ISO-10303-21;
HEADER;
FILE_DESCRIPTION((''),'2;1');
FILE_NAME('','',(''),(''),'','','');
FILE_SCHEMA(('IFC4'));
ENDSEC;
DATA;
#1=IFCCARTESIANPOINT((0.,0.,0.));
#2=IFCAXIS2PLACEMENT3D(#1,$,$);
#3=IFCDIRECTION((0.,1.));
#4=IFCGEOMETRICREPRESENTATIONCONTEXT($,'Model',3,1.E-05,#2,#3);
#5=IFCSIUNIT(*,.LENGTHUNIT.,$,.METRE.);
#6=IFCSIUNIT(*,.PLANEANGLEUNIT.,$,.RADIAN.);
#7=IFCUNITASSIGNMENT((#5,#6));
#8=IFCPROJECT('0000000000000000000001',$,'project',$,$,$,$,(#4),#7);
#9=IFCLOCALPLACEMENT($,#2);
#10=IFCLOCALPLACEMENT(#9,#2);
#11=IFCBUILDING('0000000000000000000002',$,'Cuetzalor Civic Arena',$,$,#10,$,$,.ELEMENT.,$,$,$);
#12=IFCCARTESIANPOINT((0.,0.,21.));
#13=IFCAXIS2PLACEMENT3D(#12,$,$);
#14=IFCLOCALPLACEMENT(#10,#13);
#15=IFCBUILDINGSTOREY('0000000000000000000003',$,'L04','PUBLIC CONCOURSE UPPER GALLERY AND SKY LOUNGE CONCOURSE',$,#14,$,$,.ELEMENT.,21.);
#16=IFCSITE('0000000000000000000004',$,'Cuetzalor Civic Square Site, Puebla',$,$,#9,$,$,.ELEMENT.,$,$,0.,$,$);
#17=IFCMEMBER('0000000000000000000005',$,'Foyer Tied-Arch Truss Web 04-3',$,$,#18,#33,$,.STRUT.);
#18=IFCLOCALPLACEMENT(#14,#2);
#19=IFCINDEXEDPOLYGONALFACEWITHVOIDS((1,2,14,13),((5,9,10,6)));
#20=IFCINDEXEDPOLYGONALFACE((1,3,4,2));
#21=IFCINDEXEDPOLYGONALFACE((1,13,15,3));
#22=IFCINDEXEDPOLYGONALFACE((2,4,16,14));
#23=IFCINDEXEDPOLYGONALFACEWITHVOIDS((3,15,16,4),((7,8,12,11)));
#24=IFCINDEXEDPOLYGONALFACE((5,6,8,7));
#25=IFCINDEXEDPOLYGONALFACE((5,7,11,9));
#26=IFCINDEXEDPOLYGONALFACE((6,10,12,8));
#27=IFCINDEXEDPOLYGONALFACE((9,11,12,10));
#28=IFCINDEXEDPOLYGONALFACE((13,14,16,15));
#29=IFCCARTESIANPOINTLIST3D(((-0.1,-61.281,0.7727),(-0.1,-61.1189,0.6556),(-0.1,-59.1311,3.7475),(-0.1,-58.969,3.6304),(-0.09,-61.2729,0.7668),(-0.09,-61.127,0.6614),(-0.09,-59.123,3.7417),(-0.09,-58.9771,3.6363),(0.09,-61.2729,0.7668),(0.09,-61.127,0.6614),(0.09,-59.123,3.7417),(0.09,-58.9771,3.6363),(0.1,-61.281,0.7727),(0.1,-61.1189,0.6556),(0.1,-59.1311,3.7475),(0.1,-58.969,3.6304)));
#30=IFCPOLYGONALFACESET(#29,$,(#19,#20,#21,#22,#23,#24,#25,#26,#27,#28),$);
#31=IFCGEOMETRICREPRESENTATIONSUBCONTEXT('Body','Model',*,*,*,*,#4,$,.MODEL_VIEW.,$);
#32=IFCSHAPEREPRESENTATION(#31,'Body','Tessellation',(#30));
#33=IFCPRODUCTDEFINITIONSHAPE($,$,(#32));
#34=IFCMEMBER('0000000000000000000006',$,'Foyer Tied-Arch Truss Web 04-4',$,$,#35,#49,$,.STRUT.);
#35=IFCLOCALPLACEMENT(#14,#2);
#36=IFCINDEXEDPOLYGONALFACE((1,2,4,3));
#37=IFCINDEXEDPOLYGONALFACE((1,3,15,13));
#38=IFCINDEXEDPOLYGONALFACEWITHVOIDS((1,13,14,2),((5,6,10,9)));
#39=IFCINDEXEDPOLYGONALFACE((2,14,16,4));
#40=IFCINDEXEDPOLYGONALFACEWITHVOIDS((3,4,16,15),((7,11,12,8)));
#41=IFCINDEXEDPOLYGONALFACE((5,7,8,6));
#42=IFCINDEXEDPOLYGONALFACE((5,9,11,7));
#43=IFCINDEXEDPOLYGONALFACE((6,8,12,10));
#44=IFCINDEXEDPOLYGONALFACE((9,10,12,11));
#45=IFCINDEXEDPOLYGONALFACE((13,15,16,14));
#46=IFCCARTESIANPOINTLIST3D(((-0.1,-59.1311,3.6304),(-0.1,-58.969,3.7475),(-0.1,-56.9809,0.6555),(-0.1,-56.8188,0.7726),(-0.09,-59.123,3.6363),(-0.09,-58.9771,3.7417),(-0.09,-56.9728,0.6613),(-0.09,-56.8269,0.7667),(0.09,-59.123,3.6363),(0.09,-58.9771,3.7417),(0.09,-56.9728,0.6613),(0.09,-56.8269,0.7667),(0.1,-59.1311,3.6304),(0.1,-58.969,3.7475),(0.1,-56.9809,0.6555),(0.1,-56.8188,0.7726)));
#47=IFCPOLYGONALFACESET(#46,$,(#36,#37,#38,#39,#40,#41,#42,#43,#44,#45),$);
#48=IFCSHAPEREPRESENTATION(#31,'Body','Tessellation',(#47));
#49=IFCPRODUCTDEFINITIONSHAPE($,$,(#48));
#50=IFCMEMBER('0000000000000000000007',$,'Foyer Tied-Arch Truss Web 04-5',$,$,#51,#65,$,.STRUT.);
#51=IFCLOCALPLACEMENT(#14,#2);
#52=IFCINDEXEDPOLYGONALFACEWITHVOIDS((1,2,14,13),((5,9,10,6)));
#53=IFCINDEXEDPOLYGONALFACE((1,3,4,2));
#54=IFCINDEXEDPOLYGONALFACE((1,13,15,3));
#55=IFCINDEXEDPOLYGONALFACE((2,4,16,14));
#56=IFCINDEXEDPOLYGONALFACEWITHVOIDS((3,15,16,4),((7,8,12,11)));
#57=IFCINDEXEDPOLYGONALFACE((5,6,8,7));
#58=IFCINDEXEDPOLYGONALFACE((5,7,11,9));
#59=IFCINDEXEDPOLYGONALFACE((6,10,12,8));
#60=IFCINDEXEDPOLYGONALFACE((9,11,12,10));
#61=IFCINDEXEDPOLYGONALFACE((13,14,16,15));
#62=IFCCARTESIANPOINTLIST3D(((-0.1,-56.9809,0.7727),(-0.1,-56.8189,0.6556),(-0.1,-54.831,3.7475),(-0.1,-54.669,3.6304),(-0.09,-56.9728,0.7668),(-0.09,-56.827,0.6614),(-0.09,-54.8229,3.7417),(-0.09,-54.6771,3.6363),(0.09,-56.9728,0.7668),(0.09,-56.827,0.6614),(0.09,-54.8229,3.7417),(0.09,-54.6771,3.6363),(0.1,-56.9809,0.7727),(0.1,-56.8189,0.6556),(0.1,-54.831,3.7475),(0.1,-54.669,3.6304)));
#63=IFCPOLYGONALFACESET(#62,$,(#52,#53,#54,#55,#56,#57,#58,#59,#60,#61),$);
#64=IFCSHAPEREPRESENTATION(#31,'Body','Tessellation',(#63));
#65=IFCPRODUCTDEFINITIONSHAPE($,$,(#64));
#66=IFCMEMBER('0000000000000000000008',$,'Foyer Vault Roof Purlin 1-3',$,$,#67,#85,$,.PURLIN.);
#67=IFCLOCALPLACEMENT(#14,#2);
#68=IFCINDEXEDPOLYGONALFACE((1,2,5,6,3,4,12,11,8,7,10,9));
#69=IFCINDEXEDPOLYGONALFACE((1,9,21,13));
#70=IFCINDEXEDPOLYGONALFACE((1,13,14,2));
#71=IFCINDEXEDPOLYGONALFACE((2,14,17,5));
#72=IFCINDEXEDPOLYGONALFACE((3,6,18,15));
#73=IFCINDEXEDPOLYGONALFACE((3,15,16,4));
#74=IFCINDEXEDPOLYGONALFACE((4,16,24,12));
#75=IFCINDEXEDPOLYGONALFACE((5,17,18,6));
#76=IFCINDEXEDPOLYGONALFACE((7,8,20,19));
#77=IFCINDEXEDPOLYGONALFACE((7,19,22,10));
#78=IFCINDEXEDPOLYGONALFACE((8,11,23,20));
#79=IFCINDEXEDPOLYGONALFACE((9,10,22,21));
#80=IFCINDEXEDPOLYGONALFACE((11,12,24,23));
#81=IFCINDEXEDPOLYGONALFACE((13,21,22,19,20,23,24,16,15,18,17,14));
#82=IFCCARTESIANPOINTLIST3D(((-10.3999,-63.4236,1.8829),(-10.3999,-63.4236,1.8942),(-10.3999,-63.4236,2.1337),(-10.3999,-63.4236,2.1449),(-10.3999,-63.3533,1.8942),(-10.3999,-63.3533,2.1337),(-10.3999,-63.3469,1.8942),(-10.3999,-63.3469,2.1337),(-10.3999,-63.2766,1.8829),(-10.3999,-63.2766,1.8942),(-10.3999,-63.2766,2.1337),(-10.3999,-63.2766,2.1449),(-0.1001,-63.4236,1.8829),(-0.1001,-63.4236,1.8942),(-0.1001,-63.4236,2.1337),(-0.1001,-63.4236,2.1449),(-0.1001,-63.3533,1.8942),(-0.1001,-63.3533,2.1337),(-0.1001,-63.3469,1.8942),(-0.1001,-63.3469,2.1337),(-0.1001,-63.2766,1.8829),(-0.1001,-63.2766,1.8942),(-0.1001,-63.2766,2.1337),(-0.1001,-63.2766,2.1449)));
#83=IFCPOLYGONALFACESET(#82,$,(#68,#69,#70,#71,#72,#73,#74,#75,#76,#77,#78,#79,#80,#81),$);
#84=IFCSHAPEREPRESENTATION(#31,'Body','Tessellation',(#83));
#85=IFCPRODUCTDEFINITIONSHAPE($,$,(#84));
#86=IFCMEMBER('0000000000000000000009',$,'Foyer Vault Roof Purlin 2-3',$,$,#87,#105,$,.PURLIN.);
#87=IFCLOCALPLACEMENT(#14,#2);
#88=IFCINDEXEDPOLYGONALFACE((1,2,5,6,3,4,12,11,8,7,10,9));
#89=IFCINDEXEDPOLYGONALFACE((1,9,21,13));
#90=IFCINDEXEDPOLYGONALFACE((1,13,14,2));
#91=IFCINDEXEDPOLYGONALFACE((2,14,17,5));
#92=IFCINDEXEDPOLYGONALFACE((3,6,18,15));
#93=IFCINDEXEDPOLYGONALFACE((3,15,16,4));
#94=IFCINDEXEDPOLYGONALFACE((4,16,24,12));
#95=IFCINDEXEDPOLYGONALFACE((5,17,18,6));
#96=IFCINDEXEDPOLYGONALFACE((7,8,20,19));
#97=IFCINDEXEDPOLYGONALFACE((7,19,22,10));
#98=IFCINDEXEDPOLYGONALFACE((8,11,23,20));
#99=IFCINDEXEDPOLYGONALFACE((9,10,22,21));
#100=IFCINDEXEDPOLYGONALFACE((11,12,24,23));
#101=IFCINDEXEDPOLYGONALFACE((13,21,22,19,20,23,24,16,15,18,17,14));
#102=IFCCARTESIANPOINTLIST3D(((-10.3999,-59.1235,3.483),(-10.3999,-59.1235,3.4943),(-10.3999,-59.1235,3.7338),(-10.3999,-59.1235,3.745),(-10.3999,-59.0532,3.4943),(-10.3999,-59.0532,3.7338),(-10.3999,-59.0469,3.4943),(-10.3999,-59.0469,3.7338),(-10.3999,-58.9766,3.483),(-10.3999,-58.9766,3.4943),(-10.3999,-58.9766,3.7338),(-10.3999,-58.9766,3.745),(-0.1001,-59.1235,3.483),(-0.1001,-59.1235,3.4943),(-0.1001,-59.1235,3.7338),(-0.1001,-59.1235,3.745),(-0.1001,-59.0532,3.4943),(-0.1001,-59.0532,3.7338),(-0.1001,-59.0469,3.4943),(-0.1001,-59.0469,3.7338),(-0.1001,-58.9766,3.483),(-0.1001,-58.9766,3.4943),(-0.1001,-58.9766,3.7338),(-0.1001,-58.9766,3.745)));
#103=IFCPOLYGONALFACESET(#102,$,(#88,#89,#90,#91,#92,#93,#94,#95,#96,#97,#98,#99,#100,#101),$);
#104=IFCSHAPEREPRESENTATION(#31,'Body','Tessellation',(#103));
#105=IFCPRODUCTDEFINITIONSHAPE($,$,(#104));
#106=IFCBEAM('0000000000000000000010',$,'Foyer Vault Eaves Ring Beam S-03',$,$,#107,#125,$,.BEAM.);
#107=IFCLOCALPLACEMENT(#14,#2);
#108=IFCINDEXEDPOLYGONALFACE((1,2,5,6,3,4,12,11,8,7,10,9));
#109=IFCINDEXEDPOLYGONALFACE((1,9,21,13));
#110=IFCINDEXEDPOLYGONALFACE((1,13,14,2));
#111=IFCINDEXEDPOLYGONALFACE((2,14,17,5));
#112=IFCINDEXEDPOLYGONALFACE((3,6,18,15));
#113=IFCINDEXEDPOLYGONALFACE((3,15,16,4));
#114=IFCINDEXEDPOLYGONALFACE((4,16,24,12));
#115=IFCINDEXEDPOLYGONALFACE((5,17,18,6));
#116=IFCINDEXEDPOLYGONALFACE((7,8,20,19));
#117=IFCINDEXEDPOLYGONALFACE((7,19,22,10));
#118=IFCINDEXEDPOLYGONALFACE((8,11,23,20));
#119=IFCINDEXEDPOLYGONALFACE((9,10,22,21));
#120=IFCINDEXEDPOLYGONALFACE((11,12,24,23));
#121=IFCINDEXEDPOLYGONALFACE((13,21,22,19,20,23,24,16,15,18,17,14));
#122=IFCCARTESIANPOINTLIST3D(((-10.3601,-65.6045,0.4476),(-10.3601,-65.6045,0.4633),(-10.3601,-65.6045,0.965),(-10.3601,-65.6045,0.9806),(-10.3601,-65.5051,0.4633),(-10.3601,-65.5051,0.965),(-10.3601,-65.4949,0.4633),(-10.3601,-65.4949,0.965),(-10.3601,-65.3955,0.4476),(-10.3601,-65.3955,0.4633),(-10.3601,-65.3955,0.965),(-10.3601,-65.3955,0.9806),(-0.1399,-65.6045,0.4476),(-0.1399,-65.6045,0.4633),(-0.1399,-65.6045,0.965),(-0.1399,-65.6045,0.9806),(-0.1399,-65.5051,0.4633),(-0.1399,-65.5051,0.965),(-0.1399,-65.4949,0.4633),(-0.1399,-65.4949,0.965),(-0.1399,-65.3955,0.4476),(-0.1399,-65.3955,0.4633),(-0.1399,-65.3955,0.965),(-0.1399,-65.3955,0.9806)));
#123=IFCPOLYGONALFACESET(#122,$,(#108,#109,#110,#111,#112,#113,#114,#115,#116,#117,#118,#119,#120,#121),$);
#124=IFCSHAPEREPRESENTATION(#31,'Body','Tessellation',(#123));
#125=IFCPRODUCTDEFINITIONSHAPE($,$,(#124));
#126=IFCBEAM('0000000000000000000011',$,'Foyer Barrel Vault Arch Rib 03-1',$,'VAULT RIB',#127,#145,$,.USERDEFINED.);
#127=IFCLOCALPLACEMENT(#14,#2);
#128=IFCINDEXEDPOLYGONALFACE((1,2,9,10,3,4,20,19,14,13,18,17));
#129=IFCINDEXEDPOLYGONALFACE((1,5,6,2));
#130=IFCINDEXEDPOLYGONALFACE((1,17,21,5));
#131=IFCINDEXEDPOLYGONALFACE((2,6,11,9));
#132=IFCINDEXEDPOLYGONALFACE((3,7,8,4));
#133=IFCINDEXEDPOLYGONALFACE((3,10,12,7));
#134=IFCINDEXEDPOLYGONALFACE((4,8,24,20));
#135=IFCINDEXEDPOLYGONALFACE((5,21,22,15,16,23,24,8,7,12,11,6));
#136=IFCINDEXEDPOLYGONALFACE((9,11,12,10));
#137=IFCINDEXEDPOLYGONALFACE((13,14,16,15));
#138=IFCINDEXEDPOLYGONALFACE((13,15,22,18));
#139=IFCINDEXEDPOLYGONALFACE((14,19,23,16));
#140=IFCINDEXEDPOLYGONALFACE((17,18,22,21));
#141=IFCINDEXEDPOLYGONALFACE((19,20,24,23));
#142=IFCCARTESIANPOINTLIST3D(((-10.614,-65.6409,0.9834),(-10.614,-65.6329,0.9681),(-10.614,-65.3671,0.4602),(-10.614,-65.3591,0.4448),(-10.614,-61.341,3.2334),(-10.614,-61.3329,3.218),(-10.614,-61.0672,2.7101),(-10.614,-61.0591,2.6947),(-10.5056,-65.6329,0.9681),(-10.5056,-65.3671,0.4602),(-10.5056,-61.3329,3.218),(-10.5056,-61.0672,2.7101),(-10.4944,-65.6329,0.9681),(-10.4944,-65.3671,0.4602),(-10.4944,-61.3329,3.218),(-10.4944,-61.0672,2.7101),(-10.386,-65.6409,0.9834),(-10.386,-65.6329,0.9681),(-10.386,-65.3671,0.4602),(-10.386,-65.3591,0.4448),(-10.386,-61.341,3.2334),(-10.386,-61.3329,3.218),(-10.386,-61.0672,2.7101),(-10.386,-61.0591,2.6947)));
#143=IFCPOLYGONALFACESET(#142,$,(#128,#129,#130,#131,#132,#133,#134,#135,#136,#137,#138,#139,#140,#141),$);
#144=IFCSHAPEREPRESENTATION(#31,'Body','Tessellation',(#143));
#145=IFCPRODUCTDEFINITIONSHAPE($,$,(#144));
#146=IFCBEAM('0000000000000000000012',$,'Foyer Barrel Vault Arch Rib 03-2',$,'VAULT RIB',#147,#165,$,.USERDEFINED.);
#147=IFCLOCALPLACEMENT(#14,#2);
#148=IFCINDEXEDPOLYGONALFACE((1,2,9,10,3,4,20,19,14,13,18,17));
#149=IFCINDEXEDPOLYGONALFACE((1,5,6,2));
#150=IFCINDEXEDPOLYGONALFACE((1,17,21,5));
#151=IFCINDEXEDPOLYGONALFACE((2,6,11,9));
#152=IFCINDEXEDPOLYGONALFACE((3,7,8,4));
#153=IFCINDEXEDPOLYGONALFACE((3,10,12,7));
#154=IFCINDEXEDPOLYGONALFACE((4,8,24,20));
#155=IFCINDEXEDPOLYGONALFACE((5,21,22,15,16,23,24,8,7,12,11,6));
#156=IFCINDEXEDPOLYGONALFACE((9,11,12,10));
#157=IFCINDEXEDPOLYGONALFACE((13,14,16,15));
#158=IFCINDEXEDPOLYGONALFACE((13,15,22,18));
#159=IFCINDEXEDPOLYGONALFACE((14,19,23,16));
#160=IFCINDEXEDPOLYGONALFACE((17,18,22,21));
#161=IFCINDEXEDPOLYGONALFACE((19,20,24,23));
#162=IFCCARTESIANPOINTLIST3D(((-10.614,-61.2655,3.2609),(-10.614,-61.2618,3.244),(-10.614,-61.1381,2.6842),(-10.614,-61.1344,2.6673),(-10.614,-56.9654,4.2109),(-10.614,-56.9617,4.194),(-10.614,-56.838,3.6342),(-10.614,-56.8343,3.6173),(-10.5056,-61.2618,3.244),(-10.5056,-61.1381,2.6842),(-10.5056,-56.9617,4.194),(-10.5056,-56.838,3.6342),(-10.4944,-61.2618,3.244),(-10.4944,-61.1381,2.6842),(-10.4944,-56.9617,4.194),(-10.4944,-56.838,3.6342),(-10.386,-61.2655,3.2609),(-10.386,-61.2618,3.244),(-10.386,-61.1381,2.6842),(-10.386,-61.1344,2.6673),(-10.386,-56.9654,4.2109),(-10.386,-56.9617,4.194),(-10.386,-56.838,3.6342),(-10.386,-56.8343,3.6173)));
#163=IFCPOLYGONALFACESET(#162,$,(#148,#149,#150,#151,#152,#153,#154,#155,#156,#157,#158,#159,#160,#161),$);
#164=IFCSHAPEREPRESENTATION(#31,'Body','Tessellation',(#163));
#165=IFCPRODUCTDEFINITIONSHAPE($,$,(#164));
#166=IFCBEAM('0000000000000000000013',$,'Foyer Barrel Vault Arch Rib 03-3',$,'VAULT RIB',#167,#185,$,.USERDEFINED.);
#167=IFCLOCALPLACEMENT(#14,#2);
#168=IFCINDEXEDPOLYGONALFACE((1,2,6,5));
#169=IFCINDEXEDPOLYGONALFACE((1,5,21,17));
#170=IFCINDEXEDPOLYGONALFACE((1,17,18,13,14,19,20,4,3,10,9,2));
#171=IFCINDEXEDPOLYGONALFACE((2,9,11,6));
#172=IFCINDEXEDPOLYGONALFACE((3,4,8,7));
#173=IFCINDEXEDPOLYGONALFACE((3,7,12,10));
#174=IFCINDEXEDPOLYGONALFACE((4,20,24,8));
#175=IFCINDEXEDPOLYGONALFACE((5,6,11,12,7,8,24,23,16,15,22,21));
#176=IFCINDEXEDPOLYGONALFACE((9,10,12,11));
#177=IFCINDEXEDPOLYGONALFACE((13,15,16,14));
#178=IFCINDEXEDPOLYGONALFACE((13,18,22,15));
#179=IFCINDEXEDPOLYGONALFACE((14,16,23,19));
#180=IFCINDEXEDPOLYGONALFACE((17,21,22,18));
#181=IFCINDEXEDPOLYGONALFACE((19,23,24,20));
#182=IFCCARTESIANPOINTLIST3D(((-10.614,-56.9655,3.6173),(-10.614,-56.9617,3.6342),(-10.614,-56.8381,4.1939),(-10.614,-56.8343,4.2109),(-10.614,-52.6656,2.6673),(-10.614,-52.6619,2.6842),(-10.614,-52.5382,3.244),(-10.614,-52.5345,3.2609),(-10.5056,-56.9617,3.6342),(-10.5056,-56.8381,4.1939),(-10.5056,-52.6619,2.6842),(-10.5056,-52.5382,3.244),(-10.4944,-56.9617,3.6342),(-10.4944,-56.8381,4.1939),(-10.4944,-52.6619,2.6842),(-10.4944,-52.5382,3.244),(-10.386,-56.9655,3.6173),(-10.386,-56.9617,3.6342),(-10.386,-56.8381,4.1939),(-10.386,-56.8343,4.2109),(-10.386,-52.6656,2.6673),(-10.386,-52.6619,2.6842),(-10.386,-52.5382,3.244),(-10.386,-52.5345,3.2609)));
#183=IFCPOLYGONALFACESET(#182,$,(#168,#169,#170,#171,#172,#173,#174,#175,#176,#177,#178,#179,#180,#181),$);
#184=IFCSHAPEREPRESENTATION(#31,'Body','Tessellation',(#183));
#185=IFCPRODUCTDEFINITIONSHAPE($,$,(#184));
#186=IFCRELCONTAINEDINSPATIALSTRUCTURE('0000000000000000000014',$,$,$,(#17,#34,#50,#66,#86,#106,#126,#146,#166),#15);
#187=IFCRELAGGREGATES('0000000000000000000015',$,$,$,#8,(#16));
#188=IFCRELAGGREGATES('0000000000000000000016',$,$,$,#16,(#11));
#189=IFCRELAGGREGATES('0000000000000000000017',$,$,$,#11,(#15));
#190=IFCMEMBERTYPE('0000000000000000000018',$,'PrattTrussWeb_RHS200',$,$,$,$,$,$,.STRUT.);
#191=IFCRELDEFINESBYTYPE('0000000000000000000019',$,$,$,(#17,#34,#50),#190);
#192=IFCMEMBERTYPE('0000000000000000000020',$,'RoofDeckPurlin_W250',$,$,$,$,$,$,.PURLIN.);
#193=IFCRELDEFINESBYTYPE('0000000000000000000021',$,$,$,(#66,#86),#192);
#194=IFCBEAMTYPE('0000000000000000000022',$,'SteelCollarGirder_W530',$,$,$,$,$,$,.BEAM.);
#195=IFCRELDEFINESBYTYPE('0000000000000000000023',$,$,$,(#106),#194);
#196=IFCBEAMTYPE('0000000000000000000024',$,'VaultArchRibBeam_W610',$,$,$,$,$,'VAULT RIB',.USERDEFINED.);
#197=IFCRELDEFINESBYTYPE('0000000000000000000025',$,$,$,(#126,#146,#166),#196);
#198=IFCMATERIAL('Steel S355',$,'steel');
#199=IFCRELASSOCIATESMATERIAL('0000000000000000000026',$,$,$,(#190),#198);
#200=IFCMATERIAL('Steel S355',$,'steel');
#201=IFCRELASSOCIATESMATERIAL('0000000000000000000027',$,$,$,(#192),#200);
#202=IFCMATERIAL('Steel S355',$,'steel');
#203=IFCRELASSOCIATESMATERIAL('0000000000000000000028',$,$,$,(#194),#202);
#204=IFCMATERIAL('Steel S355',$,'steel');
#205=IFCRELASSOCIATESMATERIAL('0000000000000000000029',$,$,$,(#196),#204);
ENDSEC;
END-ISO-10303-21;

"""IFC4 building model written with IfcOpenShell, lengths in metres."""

from ifc_helpers import new_model, si_unit, direction, frame, origin, origin_2d, place, context, subcontext, project, spatial, hollow_rectangle, i_section, extrude, material, material_profile, profile_set, type_object, element, save


model = new_model("IFC4")

# Units and contexts
model_context = context("Model", 3, precision=1e-05, world=origin(), true_north=direction((0.0, 1.0)))
body_context = subcontext(model_context, "Body", "Model", "MODEL_VIEW")
ifc_project = project(units=[si_unit("LENGTHUNIT", "METRE"), si_unit("PLANEANGLEUNIT", "RADIAN")], contexts=[model_context])

# Site, building, storey
site_placement = place(None, origin())
site = spatial("IfcSite", under=ifc_project, at=site_placement, Name="Cuetzalor Civic Square Site, Puebla", CompositionType="ELEMENT", RefElevation=0.0)
building_placement = place(site_placement, origin())
building = spatial("IfcBuilding", under=site, at=building_placement, Name="Cuetzalor Civic Arena", CompositionType="ELEMENT")
storey_placement = place(building_placement, frame((0.0, 0.0, 21.0)))
storey = spatial("IfcBuildingStorey", under=building, at=storey_placement, Name="L04", Description="PUBLIC CONCOURSE UPPER GALLERY AND SKY LOUNGE CONCOURSE", CompositionType="ELEMENT", Elevation=21.0)

# Members
ifc_material_1 = material(Name="Steel S355", Category="steel")
ifc_material_profile_1 = material_profile(ifc_material_1, hollow_rectangle(XDim=0.2, YDim=0.2, WallThickness=0.01, at=origin_2d()), Name="RHS 200x200x10")
ifc_profile_set_1 = profile_set([ifc_material_profile_1], Name="Steel S355")
member_type_1 = type_object("IfcMemberType", Name="PrattTrussWeb_RHS200", PredefinedType="STRUT", material=ifc_profile_set_1)
member_1_placement = place(storey_placement, frame((0.0, -61.2, 0.7141), z_axis=(0.0, 0.585741, 0.810499), x_axis=(-1.0, 0.0, 0.0)))
element("IfcMember", 1, at=member_1_placement, inside=storey, type_object=member_type_1, Name="Foyer Tied-Arch Truss Web 04-3", PredefinedType="STRUT", context=body_context, shape_type="SweptSolid", body=[
    extrude(hollow_rectangle(XDim=0.2, YDim=0.2, WallThickness=0.01, at=origin_2d()), origin(), (0.0, 0.0, 1.0), 3.6704),
])
member_2_placement = place(storey_placement, frame((0.0, -59.05, 3.689), z_axis=(0.0, 0.585784, -0.810467), x_axis=(-1.0, 0.0, 0.0)))
element("IfcMember", 2, at=member_2_placement, inside=storey, type_object=member_type_1, Name="Foyer Tied-Arch Truss Web 04-4", PredefinedType="STRUT", context=body_context, shape_type="SweptSolid", body=[
    extrude(hollow_rectangle(XDim=0.2, YDim=0.2, WallThickness=0.01, at=origin_2d()), origin(), (0.0, 0.0, 1.0), 3.6707),
])
member_3_placement = place(storey_placement, frame((0.0, -56.8999, 0.7141), z_axis=(0.0, 0.585741, 0.810499), x_axis=(-1.0, 0.0, 0.0)))
element("IfcMember", 3, at=member_3_placement, inside=storey, type_object=member_type_1, Name="Foyer Tied-Arch Truss Web 04-5", PredefinedType="STRUT", context=body_context, shape_type="SweptSolid", body=[
    extrude(hollow_rectangle(XDim=0.2, YDim=0.2, WallThickness=0.01, at=origin_2d()), origin(), (0.0, 0.0, 1.0), 3.6704),
])
ifc_material_2 = material(Name="Steel S355", Category="steel")
ifc_material_profile_2 = material_profile(ifc_material_2, i_section(OverallWidth=0.147, OverallDepth=0.262, WebThickness=0.0063, FlangeThickness=0.0112, at=origin_2d()), Name="W250x39")
ifc_profile_set_2 = profile_set([ifc_material_profile_2], Name="Steel S355")
member_type_2 = type_object("IfcMemberType", Name="RoofDeckPurlin_W250", PredefinedType="PURLIN", material=ifc_profile_set_2)
for number, where, z_axis, x_axis, name in (
    (4, (-10.3999, -63.3501, 2.0139), (1.0, 0.0, 0.0), (0.0, 1.0, 0.0), "Foyer Vault Roof Purlin 1-3"),
    (5, (-10.3999, -59.05, 3.614), (1.0, 0.0, 0.0), (0.0, 1.0, 0.0), "Foyer Vault Roof Purlin 2-3"),
):
    element("IfcMember", number, at=place(storey_placement, frame(where, z_axis=z_axis, x_axis=x_axis)), inside=storey, type_object=member_type_2, Name=name, PredefinedType="PURLIN", context=body_context, shape_type="SweptSolid", body=[
        extrude(i_section(OverallWidth=0.147, OverallDepth=0.262, WebThickness=0.0063, FlangeThickness=0.0112, at=origin_2d()), origin(), (0.0, 0.0, 1.0), 10.2998),
    ])

# Beams
ifc_material_3 = material(Name="Steel S355", Category="steel")
ifc_material_profile_3 = material_profile(ifc_material_3, i_section(OverallWidth=0.209, OverallDepth=0.533, WebThickness=0.0103, FlangeThickness=0.0156, at=origin_2d()), Name="W530x92")
ifc_profile_set_3 = profile_set([ifc_material_profile_3], Name="Steel S355")
beam_type_1 = type_object("IfcBeamType", Name="SteelCollarGirder_W530", PredefinedType="BEAM", material=ifc_profile_set_3)
beam_1_placement = place(storey_placement, frame((-10.3601, -65.5, 0.7141), z_axis=(1.0, 0.0, 0.0), x_axis=(0.0, 1.0, 0.0)))
element("IfcBeam", 6, at=beam_1_placement, inside=storey, type_object=beam_type_1, Name="Foyer Vault Eaves Ring Beam S-03", PredefinedType="BEAM", context=body_context, shape_type="SweptSolid", body=[
    extrude(i_section(OverallWidth=0.209, OverallDepth=0.533, WebThickness=0.0103, FlangeThickness=0.0156, at=origin_2d()), origin(), (0.0, 0.0, 1.0), 10.2202),
])
ifc_material_4 = material(Name="Steel S355", Category="steel")
ifc_material_profile_4 = material_profile(ifc_material_4, i_section(OverallWidth=0.228, OverallDepth=0.6079, WebThickness=0.0112, FlangeThickness=0.0173, at=origin_2d()), Name="W610x113")
ifc_profile_set_4 = profile_set([ifc_material_profile_4], Name="Steel S355")
beam_type_2 = type_object("IfcBeamType", Name="VaultArchRibBeam_W610", ElementType="VAULT RIB", PredefinedType="USERDEFINED", material=ifc_profile_set_4)
beam_2_placement = place(storey_placement, frame((-10.5, -65.5, 0.7141), z_axis=(0.0, 0.886035, 0.463618), x_axis=(-1.0, 0.0, 0.0)))
element("IfcBeam", 7, at=beam_2_placement, inside=storey, type_object=beam_type_2, Name="Foyer Barrel Vault Arch Rib 03-1", ObjectType="VAULT RIB", PredefinedType="USERDEFINED", context=body_context, shape_type="SweptSolid", body=[
    extrude(i_section(OverallWidth=0.228, OverallDepth=0.6079, WebThickness=0.0112, FlangeThickness=0.0173, at=origin_2d()), origin(), (0.0, 0.0, 1.0), 4.853),
])
beam_3_placement = place(storey_placement, frame((-10.5, -61.2, 2.9641), z_axis=(0.0, 0.976456, 0.215715), x_axis=(-1.0, 0.0, 0.0)))
element("IfcBeam", 8, at=beam_3_placement, inside=storey, type_object=beam_type_2, Name="Foyer Barrel Vault Arch Rib 03-2", ObjectType="VAULT RIB", PredefinedType="USERDEFINED", context=body_context, shape_type="SweptSolid", body=[
    extrude(i_section(OverallWidth=0.228, OverallDepth=0.6079, WebThickness=0.0112, FlangeThickness=0.0173, at=origin_2d()), origin(), (0.0, 0.0, 1.0), 4.4038),
])
beam_4_placement = place(storey_placement, frame((-10.5, -56.8999, 3.9141), z_axis=(0.0, 0.976454, -0.215727), x_axis=(-1.0, 0.0, 0.0)))
element("IfcBeam", 9, at=beam_4_placement, inside=storey, type_object=beam_type_2, Name="Foyer Barrel Vault Arch Rib 03-3", ObjectType="VAULT RIB", PredefinedType="USERDEFINED", context=body_context, shape_type="SweptSolid", body=[
    extrude(i_section(OverallWidth=0.228, OverallDepth=0.6079, WebThickness=0.0112, FlangeThickness=0.0173, at=origin_2d()), origin(), (0.0, 0.0, 1.0), 4.4036),
])

save(model, "model.ifc")
